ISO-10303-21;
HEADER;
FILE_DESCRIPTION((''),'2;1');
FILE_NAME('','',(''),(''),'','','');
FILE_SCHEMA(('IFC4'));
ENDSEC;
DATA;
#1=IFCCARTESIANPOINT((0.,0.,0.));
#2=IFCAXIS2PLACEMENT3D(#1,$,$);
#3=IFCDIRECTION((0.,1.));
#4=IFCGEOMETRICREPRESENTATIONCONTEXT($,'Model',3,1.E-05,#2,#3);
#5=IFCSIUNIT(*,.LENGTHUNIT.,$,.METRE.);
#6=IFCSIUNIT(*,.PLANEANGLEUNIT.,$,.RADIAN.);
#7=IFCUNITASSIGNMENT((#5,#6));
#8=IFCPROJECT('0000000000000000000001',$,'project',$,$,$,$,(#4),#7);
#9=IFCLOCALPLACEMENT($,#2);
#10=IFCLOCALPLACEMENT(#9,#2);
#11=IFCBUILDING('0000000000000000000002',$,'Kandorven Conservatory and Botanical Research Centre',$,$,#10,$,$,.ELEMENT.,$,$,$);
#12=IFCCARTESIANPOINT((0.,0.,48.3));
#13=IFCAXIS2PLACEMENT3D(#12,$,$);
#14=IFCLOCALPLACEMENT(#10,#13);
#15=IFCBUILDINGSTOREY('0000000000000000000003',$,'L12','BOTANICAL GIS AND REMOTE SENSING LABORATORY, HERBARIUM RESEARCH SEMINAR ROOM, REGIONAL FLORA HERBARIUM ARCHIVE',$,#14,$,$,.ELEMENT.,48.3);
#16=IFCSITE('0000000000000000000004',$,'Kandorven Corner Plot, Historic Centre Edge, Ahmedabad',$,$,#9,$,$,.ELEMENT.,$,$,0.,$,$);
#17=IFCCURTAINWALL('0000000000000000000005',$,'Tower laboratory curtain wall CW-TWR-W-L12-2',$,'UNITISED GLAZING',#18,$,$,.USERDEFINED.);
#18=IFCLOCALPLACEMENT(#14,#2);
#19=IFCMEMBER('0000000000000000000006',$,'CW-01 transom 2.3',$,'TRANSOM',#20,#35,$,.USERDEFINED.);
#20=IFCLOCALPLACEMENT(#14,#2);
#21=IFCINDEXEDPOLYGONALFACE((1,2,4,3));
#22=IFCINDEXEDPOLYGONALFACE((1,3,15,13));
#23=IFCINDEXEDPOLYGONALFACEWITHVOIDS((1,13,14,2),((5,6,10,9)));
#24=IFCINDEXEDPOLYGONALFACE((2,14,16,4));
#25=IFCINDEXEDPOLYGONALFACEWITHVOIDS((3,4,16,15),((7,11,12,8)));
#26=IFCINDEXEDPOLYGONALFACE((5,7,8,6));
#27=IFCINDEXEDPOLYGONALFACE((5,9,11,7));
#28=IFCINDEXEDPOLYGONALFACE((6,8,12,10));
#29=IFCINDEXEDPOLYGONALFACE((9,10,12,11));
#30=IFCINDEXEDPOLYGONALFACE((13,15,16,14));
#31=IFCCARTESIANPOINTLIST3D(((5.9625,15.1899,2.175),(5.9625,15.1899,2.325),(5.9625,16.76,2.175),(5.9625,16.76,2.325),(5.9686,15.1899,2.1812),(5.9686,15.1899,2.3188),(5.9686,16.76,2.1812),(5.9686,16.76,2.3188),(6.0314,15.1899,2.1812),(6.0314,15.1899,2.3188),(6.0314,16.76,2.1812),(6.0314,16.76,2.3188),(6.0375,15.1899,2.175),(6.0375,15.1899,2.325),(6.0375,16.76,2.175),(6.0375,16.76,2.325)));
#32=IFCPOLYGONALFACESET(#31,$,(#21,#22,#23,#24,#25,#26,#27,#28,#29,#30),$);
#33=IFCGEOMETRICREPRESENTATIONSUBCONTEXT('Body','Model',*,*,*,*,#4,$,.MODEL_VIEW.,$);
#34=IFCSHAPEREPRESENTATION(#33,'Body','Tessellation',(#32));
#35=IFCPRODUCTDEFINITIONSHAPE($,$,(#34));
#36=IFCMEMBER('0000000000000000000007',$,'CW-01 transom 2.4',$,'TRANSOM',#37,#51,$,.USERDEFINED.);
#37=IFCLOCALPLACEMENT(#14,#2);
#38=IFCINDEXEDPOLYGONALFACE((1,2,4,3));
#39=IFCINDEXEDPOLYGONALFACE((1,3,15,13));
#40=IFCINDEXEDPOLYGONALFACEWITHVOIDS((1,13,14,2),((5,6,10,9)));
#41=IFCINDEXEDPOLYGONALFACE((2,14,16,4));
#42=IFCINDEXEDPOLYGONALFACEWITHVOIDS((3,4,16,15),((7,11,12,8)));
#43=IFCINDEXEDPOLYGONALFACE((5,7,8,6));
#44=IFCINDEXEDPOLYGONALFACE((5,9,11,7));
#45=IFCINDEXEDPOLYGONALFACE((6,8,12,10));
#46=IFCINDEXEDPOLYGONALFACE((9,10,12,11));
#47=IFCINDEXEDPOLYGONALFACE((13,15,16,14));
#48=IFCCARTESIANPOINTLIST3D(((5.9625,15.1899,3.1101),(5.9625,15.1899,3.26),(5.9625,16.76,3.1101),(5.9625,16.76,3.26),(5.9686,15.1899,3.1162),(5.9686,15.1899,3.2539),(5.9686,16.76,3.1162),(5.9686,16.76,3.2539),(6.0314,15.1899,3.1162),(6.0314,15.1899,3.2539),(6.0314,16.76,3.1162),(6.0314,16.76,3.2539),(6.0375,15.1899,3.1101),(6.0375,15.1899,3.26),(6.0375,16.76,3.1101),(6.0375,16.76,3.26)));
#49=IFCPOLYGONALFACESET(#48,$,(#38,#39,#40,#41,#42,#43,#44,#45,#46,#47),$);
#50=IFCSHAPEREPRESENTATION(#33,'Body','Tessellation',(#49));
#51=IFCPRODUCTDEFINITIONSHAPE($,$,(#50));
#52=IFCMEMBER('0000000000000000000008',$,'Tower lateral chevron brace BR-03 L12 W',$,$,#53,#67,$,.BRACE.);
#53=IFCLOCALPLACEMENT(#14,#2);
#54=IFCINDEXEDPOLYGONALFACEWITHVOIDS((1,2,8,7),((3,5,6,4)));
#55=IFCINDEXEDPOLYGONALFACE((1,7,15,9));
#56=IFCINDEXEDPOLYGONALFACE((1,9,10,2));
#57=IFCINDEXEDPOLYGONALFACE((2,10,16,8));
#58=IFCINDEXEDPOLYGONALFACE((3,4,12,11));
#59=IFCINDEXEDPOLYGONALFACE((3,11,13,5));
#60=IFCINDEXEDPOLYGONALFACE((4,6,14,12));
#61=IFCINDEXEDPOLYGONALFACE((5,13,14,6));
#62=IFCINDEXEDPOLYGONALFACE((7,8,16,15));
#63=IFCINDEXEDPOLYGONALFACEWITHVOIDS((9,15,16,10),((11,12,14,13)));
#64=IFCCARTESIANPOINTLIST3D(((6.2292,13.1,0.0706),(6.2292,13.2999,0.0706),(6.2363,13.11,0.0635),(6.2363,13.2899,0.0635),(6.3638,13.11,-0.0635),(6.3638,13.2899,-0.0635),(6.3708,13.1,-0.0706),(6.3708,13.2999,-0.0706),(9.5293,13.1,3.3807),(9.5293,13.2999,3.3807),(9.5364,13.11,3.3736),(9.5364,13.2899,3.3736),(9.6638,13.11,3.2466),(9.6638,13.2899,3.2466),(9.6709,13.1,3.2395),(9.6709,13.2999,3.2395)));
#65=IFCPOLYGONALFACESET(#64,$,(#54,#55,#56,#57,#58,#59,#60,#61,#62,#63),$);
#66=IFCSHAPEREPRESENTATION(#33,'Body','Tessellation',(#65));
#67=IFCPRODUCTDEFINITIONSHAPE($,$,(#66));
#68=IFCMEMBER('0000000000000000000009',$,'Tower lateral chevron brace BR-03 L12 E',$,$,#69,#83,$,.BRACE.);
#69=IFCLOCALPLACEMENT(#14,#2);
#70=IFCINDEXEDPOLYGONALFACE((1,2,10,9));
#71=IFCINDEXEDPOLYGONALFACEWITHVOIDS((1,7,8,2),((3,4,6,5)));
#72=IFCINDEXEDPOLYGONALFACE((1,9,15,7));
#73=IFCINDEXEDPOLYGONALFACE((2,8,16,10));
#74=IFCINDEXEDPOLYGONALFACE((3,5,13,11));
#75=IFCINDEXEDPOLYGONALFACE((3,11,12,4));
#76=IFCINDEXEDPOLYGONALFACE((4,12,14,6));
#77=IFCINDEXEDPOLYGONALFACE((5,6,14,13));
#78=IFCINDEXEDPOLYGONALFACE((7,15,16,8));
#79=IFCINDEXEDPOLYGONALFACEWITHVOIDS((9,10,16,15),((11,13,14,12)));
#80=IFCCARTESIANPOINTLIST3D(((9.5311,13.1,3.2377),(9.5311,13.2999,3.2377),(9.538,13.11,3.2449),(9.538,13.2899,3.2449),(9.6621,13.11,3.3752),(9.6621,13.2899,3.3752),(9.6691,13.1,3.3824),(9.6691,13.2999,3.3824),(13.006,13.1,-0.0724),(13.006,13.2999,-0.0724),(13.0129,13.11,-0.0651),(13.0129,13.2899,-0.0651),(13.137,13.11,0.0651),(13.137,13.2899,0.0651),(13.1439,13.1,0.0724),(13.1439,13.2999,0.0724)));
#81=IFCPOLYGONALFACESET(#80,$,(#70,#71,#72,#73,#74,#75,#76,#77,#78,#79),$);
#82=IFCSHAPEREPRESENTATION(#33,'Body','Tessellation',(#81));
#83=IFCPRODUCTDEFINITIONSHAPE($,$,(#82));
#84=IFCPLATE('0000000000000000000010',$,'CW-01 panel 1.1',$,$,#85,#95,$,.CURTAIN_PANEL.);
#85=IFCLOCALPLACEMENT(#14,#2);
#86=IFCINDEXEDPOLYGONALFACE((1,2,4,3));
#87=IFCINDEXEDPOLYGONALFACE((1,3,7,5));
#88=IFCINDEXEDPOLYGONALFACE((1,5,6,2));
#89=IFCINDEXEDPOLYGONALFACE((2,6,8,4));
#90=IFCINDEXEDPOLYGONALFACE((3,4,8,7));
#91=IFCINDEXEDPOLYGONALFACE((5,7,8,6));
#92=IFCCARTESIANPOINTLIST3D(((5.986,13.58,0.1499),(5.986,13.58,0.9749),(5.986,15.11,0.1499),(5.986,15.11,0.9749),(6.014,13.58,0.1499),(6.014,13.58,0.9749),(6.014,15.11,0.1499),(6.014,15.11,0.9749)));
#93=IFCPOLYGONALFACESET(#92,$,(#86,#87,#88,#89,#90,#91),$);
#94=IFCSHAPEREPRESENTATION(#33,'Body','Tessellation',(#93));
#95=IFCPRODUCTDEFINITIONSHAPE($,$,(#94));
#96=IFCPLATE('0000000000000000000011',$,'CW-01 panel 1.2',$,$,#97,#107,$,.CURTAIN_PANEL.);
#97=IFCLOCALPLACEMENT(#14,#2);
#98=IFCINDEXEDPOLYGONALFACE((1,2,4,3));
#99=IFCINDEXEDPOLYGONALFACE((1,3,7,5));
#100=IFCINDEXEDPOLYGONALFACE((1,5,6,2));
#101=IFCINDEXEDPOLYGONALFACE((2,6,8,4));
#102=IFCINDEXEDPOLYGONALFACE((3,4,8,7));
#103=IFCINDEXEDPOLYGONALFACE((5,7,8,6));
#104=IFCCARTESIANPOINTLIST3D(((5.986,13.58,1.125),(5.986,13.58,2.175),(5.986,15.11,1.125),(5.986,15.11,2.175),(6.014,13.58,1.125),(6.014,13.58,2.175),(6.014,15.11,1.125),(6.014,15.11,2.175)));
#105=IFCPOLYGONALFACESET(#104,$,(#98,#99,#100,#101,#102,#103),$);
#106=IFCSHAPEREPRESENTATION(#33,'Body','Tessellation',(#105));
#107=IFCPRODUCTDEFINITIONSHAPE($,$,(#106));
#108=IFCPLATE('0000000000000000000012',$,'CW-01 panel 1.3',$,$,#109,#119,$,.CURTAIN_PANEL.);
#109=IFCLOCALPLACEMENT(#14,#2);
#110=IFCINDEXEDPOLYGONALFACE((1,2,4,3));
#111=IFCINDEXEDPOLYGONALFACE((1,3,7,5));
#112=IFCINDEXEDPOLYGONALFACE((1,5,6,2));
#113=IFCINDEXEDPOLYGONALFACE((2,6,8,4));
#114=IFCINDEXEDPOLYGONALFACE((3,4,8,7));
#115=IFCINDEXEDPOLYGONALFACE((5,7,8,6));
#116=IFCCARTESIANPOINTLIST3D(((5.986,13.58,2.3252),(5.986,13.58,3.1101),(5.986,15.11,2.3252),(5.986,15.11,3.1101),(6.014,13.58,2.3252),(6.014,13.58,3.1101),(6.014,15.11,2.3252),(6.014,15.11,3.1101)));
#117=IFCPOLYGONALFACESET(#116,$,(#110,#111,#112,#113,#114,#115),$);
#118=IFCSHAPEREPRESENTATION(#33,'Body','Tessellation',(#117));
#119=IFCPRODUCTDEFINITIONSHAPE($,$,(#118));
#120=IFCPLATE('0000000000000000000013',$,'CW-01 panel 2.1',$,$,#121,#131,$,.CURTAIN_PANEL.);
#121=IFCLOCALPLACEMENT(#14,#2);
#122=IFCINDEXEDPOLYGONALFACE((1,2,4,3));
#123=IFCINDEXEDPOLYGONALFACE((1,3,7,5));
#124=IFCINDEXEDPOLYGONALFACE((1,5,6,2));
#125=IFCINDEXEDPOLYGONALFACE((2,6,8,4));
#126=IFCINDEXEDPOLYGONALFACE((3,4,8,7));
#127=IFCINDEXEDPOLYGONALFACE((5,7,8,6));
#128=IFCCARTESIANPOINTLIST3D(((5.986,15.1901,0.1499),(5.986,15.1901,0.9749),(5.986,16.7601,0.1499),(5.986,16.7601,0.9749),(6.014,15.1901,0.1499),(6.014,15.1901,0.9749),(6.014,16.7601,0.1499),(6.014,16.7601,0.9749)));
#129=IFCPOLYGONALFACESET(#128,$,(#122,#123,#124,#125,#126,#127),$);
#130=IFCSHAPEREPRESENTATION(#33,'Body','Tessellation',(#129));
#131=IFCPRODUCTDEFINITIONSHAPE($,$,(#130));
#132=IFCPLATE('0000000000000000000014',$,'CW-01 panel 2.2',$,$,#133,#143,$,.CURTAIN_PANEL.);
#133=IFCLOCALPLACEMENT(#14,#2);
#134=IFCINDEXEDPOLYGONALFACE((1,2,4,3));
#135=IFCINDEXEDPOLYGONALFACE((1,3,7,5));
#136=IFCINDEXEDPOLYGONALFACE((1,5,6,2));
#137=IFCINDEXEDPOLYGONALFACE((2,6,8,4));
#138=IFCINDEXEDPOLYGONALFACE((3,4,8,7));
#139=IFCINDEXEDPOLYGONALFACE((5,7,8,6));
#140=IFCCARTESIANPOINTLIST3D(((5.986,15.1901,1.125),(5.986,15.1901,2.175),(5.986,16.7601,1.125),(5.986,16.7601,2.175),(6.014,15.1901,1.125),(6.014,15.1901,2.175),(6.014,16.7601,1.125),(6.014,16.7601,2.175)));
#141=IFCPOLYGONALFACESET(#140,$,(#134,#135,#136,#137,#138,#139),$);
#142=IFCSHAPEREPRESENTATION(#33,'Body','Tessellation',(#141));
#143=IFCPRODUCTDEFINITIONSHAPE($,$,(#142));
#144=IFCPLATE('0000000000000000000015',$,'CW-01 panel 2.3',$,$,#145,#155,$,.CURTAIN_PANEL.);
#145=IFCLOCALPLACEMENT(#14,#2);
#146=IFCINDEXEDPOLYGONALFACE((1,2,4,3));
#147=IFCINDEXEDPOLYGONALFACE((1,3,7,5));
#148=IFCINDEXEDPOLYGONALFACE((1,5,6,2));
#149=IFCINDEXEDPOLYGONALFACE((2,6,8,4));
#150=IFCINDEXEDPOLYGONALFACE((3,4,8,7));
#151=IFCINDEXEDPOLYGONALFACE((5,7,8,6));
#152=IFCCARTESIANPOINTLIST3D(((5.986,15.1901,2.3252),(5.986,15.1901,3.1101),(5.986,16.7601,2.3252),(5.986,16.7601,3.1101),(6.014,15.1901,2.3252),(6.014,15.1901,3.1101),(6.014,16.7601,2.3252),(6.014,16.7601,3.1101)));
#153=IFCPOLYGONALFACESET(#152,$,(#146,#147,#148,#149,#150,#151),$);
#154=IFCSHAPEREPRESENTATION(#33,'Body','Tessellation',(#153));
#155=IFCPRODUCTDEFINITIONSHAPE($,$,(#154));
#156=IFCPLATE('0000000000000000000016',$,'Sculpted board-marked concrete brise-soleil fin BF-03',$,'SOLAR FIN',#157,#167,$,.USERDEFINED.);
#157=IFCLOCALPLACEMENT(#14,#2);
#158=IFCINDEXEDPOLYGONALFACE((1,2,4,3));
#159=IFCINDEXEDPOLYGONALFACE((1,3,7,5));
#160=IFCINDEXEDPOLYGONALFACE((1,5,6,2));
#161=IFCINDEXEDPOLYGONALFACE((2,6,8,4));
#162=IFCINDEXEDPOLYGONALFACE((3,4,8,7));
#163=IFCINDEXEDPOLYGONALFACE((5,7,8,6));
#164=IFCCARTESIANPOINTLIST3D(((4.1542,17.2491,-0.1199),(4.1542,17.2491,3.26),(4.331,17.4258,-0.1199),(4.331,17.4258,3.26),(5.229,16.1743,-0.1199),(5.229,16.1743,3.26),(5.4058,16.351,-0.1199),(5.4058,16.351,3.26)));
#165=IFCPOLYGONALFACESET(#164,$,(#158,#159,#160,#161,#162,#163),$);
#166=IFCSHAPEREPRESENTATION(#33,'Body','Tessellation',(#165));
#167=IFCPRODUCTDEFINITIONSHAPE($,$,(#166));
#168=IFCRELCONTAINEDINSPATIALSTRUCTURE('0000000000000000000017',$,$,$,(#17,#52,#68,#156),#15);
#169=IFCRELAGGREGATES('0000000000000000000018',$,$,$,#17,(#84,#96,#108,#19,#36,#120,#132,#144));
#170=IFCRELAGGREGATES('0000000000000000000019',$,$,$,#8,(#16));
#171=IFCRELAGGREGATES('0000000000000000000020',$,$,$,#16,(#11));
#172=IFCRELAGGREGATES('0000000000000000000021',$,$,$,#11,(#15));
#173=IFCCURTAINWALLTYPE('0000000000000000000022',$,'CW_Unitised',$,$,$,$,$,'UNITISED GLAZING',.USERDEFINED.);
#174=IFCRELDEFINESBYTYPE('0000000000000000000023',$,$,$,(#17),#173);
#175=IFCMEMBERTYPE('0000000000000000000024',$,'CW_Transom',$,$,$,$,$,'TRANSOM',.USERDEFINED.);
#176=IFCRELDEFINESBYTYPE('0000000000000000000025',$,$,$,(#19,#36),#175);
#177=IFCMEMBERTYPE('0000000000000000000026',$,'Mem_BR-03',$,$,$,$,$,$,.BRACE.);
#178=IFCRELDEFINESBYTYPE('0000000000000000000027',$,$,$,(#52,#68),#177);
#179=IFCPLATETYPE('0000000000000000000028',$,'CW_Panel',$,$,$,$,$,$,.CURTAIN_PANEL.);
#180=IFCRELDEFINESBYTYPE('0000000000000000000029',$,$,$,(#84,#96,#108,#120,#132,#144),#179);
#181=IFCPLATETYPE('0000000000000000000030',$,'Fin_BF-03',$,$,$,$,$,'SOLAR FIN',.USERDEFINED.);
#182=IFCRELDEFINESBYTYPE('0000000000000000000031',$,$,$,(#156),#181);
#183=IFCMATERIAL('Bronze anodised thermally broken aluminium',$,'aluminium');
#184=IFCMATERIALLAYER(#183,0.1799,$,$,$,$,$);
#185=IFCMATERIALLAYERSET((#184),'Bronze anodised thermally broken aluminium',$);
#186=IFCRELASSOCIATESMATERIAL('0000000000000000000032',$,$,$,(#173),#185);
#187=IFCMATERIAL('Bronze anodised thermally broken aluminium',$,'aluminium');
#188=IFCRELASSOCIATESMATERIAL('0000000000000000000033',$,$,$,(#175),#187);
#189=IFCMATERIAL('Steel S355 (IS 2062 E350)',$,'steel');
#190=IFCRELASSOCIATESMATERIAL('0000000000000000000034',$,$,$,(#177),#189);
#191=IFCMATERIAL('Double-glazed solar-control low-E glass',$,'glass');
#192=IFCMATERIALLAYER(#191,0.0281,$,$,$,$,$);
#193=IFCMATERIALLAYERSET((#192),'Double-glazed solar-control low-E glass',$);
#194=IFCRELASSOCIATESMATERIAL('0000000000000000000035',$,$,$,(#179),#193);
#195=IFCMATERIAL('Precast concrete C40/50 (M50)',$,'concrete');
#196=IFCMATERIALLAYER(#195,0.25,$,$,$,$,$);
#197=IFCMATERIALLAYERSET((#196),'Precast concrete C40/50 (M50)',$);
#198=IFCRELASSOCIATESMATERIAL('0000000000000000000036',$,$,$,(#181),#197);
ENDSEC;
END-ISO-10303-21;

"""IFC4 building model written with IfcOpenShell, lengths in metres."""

from ifc_helpers import new_model, si_unit, direction, frame, origin, origin_2d, place, context, subcontext, project, spatial, rectangle, hollow_rectangle, extrude, material, layer, layer_set, material_profile, profile_set, type_object, element, aggregate, save


model = new_model("IFC4")

# Units and contexts
model_context = context("Model", 3, precision=1e-05, world=origin(), true_north=direction((0.0, 1.0)))
body_context = subcontext(model_context, "Body", "Model", "MODEL_VIEW")
ifc_project = project(units=[si_unit("LENGTHUNIT", "METRE"), si_unit("PLANEANGLEUNIT", "RADIAN")], contexts=[model_context])

# Site, building, storey
site_placement = place(None, origin())
site = spatial("IfcSite", under=ifc_project, at=site_placement, Name="Kandorven Corner Plot, Historic Centre Edge, Ahmedabad", CompositionType="ELEMENT", RefElevation=0.0)
building_placement = place(site_placement, origin())
building = spatial("IfcBuilding", under=site, at=building_placement, Name="Kandorven Conservatory and Botanical Research Centre", CompositionType="ELEMENT")
storey_placement = place(building_placement, frame((0.0, 0.0, 48.3)))
storey = spatial("IfcBuildingStorey", under=building, at=storey_placement, Name="L12", Description="BOTANICAL GIS AND REMOTE SENSING LABORATORY, HERBARIUM RESEARCH SEMINAR ROOM, REGIONAL FLORA HERBARIUM ARCHIVE", CompositionType="ELEMENT", Elevation=48.3)

# Curtain wall, members
ifc_material_1 = material(Name="Bronze anodised thermally broken aluminium", Category="aluminium")
ifc_layer_1 = layer(ifc_material_1, 0.1799)
ifc_layer_set_1 = layer_set([ifc_layer_1], Name="Bronze anodised thermally broken aluminium")
curtain_wall_type = type_object("IfcCurtainWallType", Name="CW_Unitised", ElementType="UNITISED GLAZING", PredefinedType="USERDEFINED", material=ifc_layer_set_1)
curtain_wall_placement = place(storey_placement, origin())
curtain_wall = element("IfcCurtainWall", 1, at=curtain_wall_placement, inside=storey, type_object=curtain_wall_type, Name="Tower laboratory curtain wall CW-TWR-W-L12-2", ObjectType="UNITISED GLAZING", PredefinedType="USERDEFINED")
ifc_material_2 = material(Name="Bronze anodised thermally broken aluminium", Category="aluminium")
ifc_material_profile_1 = material_profile(ifc_material_2, hollow_rectangle(XDim=0.075, YDim=0.1499, WallThickness=0.0061, at=origin_2d()))
ifc_profile_set_1 = profile_set([ifc_material_profile_1], Name="Bronze anodised thermally broken aluminium")
member_type_1 = type_object("IfcMemberType", Name="CW_Transom", ElementType="TRANSOM", PredefinedType="USERDEFINED", material=ifc_profile_set_1)
member_1_placement = place(storey_placement, frame((6.0, 15.1899, 2.25), z_axis=(0.0, 1.0, 0.0), x_axis=(-1.0, 0.0, 0.0)))
member_1 = element("IfcMember", 2, at=member_1_placement, type_object=member_type_1, Name="CW-01 transom 2.3", ObjectType="TRANSOM", PredefinedType="USERDEFINED", context=body_context, shape_type="SweptSolid", body=[
    extrude(hollow_rectangle(XDim=0.075, YDim=0.1499, WallThickness=0.0061, at=origin_2d()), origin(), (0.0, 0.0, 1.0), 1.5701),
])
member_2_placement = place(storey_placement, frame((6.0, 15.1899, 3.1851), z_axis=(0.0, 1.0, 0.0), x_axis=(-1.0, 0.0, 0.0)))
member_2 = element("IfcMember", 3, at=member_2_placement, type_object=member_type_1, Name="CW-01 transom 2.4", ObjectType="TRANSOM", PredefinedType="USERDEFINED", context=body_context, shape_type="SweptSolid", body=[
    extrude(hollow_rectangle(XDim=0.075, YDim=0.1499, WallThickness=0.0061, at=origin_2d()), origin(), (0.0, 0.0, 1.0), 1.5701),
])

# Members
ifc_material_3 = material(Name="Steel S355 (IS 2062 E350)", Category="steel")
ifc_material_profile_2 = material_profile(ifc_material_3, hollow_rectangle(XDim=0.2, YDim=0.2, WallThickness=0.01, at=origin_2d()))
ifc_profile_set_2 = profile_set([ifc_material_profile_2], Name="Steel S355 (IS 2062 E350)")
member_type_2 = type_object("IfcMemberType", Name="Mem_BR-03", PredefinedType="BRACE", material=ifc_profile_set_2)
member_3_placement = place(storey_placement, frame((6.3, 13.2, 0.0), z_axis=(0.706035, 0.0, 0.708177), x_axis=(0.0, 1.0, 0.0)))
element("IfcMember", 4, at=member_3_placement, inside=storey, type_object=member_type_2, Name="Tower lateral chevron brace BR-03 L12 W", PredefinedType="BRACE", context=body_context, shape_type="SweptSolid", body=[
    extrude(hollow_rectangle(XDim=0.2, YDim=0.2, WallThickness=0.01, at=origin_2d()), origin(), (0.0, 0.0, 1.0), 4.6741),
])
member_4_placement = place(storey_placement, frame((13.075, 13.2, 0.0), z_axis=(-0.724068, 0.0, 0.689729), x_axis=(0.0, -1.0, 0.0)))
element("IfcMember", 5, at=member_4_placement, inside=storey, type_object=member_type_2, Name="Tower lateral chevron brace BR-03 L12 E", PredefinedType="BRACE", context=body_context, shape_type="SweptSolid", body=[
    extrude(hollow_rectangle(XDim=0.2, YDim=0.2, WallThickness=0.01, at=origin_2d()), origin(), (0.0, 0.0, 1.0), 4.7991),
])

# Plates
ifc_material_4 = material(Name="Double-glazed solar-control low-E glass", Category="glass")
ifc_layer_2 = layer(ifc_material_4, 0.0281)
ifc_layer_set_2 = layer_set([ifc_layer_2], Name="Double-glazed solar-control low-E glass")
plate_type_1 = type_object("IfcPlateType", Name="CW_Panel", PredefinedType="CURTAIN_PANEL", material=ifc_layer_set_2)
plate_1_placement = place(storey_placement, frame((6.0, 14.345, 0.1499), z_axis=(0.0, 0.0, 1.0), x_axis=(0.0, 1.0, 0.0)))
plate_1 = element("IfcPlate", 6, at=plate_1_placement, type_object=plate_type_1, Name="CW-01 panel 1.1", PredefinedType="CURTAIN_PANEL", context=body_context, shape_type="SweptSolid", body=[
    extrude(rectangle(XDim=1.53, YDim=0.0281, at=origin_2d()), origin(), (0.0, 0.0, 1.0), 0.825),
])
plate_2_placement = place(storey_placement, frame((6.0, 14.345, 1.125), z_axis=(0.0, 0.0, 1.0), x_axis=(0.0, 1.0, 0.0)))
plate_2 = element("IfcPlate", 7, at=plate_2_placement, type_object=plate_type_1, Name="CW-01 panel 1.2", PredefinedType="CURTAIN_PANEL", context=body_context, shape_type="SweptSolid", body=[
    extrude(rectangle(XDim=1.53, YDim=0.0281, at=origin_2d()), origin(), (0.0, 0.0, 1.0), 1.05),
])
plate_3_placement = place(storey_placement, frame((6.0, 14.345, 2.3252), z_axis=(0.0, 0.0, 1.0), x_axis=(0.0, 1.0, 0.0)))
plate_3 = element("IfcPlate", 8, at=plate_3_placement, type_object=plate_type_1, Name="CW-01 panel 1.3", PredefinedType="CURTAIN_PANEL", context=body_context, shape_type="SweptSolid", body=[
    extrude(rectangle(XDim=1.53, YDim=0.0281, at=origin_2d()), origin(), (0.0, 0.0, 1.0), 0.7849),
])
plate_4_placement = place(storey_placement, frame((6.0, 15.9751, 0.1499), z_axis=(0.0, 0.0, 1.0), x_axis=(0.0, 1.0, 0.0)))
plate_4 = element("IfcPlate", 9, at=plate_4_placement, type_object=plate_type_1, Name="CW-01 panel 2.1", PredefinedType="CURTAIN_PANEL", context=body_context, shape_type="SweptSolid", body=[
    extrude(rectangle(XDim=1.5701, YDim=0.0281, at=origin_2d()), origin(), (0.0, 0.0, 1.0), 0.825),
])
plate_5_placement = place(storey_placement, frame((6.0, 15.9751, 1.125), z_axis=(0.0, 0.0, 1.0), x_axis=(0.0, 1.0, 0.0)))
plate_5 = element("IfcPlate", 10, at=plate_5_placement, type_object=plate_type_1, Name="CW-01 panel 2.2", PredefinedType="CURTAIN_PANEL", context=body_context, shape_type="SweptSolid", body=[
    extrude(rectangle(XDim=1.5701, YDim=0.0281, at=origin_2d()), origin(), (0.0, 0.0, 1.0), 1.05),
])
plate_6_placement = place(storey_placement, frame((6.0, 15.9751, 2.3252), z_axis=(0.0, 0.0, 1.0), x_axis=(0.0, 1.0, 0.0)))
plate_6 = element("IfcPlate", 11, at=plate_6_placement, type_object=plate_type_1, Name="CW-01 panel 2.3", PredefinedType="CURTAIN_PANEL", context=body_context, shape_type="SweptSolid", body=[
    extrude(rectangle(XDim=1.5701, YDim=0.0281, at=origin_2d()), origin(), (0.0, 0.0, 1.0), 0.7849),
])
aggregate(curtain_wall, [plate_1, plate_2, plate_3, member_1, member_2, plate_4, plate_5, plate_6])
ifc_material_5 = material(Name="Precast concrete C40/50 (M50)", Category="concrete")
ifc_layer_3 = layer(ifc_material_5, 0.25)
ifc_layer_set_3 = layer_set([ifc_layer_3], Name="Precast concrete C40/50 (M50)")
plate_type_2 = type_object("IfcPlateType", Name="Fin_BF-03", ElementType="SOLAR FIN", PredefinedType="USERDEFINED", material=ifc_layer_set_3)
plate_7_placement = place(storey_placement, frame((4.78, 16.8, -0.1199), z_axis=(0.0, 0.0, 1.0), x_axis=(-0.707107, 0.707107, 0.0)))
element("IfcPlate", 12, at=plate_7_placement, inside=storey, type_object=plate_type_2, Name="Sculpted board-marked concrete brise-soleil fin BF-03", ObjectType="SOLAR FIN", PredefinedType="USERDEFINED", context=body_context, shape_type="SweptSolid", body=[
    extrude(rectangle(XDim=1.52, YDim=0.25, at=origin_2d()), origin(), (0.0, 0.0, 1.0), 3.3799),
])

save(model, "model.ifc")
